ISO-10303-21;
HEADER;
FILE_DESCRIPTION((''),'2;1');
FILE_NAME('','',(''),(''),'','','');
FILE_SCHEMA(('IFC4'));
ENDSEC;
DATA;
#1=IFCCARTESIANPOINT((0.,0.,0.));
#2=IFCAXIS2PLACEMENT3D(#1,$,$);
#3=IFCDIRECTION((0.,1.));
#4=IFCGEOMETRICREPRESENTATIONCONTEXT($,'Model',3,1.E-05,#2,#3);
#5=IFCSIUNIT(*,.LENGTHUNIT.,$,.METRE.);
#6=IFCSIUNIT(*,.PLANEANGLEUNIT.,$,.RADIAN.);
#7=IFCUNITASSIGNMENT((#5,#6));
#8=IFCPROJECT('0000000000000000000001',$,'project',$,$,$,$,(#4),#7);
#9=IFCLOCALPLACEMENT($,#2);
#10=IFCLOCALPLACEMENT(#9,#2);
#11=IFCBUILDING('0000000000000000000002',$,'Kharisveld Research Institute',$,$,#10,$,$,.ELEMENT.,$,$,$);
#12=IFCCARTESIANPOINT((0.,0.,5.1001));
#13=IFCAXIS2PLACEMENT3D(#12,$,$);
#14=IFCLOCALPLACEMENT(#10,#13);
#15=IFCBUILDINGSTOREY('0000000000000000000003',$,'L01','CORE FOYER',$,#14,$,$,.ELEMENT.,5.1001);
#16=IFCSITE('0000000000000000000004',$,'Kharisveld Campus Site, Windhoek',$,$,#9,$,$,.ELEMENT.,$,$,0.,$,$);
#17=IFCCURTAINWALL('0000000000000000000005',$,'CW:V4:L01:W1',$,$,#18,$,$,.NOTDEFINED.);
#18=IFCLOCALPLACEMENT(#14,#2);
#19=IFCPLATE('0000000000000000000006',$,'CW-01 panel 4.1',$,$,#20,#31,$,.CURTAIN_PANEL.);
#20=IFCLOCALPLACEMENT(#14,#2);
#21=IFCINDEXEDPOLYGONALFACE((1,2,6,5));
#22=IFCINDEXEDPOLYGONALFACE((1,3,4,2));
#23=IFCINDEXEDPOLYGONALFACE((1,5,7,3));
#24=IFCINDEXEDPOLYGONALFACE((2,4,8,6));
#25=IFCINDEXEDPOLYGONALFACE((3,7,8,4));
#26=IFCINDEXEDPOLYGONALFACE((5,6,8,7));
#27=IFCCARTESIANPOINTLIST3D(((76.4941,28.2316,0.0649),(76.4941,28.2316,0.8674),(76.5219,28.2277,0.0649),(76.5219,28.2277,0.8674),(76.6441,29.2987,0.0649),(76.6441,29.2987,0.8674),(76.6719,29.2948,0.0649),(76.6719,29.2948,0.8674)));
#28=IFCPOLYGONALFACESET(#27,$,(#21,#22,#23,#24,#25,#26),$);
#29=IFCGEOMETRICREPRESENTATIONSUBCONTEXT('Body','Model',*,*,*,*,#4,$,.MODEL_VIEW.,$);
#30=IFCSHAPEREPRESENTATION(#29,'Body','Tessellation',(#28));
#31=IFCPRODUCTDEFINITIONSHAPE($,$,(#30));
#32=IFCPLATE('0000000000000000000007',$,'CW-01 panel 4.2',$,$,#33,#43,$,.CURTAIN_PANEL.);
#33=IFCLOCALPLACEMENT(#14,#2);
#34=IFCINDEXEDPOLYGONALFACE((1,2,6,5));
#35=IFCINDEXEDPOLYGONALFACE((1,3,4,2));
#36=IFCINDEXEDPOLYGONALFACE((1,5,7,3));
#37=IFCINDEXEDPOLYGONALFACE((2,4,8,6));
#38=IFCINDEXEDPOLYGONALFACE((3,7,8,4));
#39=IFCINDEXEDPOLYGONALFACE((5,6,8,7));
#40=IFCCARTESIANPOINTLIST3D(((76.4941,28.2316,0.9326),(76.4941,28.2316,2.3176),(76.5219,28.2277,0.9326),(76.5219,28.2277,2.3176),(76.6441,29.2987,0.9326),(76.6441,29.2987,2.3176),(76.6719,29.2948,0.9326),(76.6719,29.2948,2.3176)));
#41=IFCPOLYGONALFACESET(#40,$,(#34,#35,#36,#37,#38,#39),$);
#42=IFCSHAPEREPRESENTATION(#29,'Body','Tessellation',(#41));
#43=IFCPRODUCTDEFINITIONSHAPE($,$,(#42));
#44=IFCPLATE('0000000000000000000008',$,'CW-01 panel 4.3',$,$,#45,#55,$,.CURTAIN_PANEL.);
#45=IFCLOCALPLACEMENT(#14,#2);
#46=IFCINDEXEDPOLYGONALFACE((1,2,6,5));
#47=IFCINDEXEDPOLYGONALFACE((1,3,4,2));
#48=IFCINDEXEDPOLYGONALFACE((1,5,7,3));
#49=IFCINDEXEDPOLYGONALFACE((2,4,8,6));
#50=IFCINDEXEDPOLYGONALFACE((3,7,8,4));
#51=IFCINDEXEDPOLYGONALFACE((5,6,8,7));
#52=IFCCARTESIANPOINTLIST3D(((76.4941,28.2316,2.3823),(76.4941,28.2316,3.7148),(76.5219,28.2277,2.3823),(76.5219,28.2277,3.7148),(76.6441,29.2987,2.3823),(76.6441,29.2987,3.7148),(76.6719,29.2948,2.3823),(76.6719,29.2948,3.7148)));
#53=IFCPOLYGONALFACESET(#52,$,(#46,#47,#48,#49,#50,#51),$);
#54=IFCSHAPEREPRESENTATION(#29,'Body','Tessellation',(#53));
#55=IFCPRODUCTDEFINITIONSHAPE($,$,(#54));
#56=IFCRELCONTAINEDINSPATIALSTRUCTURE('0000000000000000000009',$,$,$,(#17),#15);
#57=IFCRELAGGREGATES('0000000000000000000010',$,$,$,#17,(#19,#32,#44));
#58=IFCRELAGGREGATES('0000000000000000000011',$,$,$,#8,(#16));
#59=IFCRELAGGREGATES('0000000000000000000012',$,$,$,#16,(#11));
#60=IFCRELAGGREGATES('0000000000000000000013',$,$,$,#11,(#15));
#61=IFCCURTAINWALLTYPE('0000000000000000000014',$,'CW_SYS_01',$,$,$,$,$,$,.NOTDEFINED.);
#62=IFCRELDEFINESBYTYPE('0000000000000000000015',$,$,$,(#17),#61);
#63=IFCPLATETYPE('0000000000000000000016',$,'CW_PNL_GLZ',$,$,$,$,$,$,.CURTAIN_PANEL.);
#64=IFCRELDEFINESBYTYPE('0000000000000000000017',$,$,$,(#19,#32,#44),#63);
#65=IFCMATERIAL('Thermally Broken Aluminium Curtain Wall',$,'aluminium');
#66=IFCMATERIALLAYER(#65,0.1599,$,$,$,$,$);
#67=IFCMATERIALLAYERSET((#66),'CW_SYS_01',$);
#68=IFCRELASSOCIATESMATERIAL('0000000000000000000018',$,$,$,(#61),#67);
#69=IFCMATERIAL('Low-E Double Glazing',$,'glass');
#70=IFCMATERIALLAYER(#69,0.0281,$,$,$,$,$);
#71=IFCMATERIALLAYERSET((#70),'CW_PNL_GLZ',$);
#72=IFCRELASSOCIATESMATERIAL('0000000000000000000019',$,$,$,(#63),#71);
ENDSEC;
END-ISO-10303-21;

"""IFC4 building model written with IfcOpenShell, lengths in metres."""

from ifc_helpers import new_model, si_unit, direction, frame, origin, origin_2d, place, context, subcontext, project, spatial, rectangle, extrude, material, layer, layer_set, type_object, element, aggregate, save


model = new_model("IFC4")

# Units and contexts
model_context = context("Model", 3, precision=1e-05, world=origin(), true_north=direction((0.0, 1.0)))
body_context = subcontext(model_context, "Body", "Model", "MODEL_VIEW")
ifc_project = project(units=[si_unit("LENGTHUNIT", "METRE"), si_unit("PLANEANGLEUNIT", "RADIAN")], contexts=[model_context])

# Site, building, storey
site_placement = place(None, origin())
site = spatial("IfcSite", under=ifc_project, at=site_placement, Name="Kharisveld Campus Site, Windhoek", CompositionType="ELEMENT", RefElevation=0.0)
building_placement = place(site_placement, origin())
building = spatial("IfcBuilding", under=site, at=building_placement, Name="Kharisveld Research Institute", CompositionType="ELEMENT")
storey_placement = place(building_placement, frame((0.0, 0.0, 5.1001)))
storey = spatial("IfcBuildingStorey", under=building, at=storey_placement, Name="L01", Description="CORE FOYER", CompositionType="ELEMENT", Elevation=5.1001)

# Curtain wall
ifc_material_1 = material(Name="Thermally Broken Aluminium Curtain Wall", Category="aluminium")
ifc_layer_1 = layer(ifc_material_1, 0.1599)
ifc_layer_set_1 = layer_set([ifc_layer_1], Name="CW_SYS_01")
curtain_wall_type = type_object("IfcCurtainWallType", Name="CW_SYS_01", PredefinedType="NOTDEFINED", material=ifc_layer_set_1)
curtain_wall_placement = place(storey_placement, origin())
curtain_wall = element("IfcCurtainWall", 1, at=curtain_wall_placement, inside=storey, type_object=curtain_wall_type, Name="CW:V4:L01:W1", PredefinedType="NOTDEFINED")

# Plates
ifc_material_2 = material(Name="Low-E Double Glazing", Category="glass")
ifc_layer_2 = layer(ifc_material_2, 0.0281)
ifc_layer_set_2 = layer_set([ifc_layer_2], Name="CW_PNL_GLZ")
plate_type = type_object("IfcPlateType", Name="CW_PNL_GLZ", PredefinedType="CURTAIN_PANEL", material=ifc_layer_set_2)
plate_1_placement = place(storey_placement, frame((76.583, 28.7632, 0.0649), z_axis=(0.0, 0.0, 1.0), x_axis=(0.139173, 0.990268, 0.0)))
plate_1 = element("IfcPlate", 2, at=plate_1_placement, type_object=plate_type, Name="CW-01 panel 4.1", PredefinedType="CURTAIN_PANEL", context=body_context, shape_type="SweptSolid", body=[
    extrude(rectangle(XDim=1.0776, YDim=0.0281, at=origin_2d()), origin(), (0.0, 0.0, 1.0), 0.8025),
])
plate_2_placement = place(storey_placement, frame((76.583, 28.7632, 0.9326), z_axis=(0.0, 0.0, 1.0), x_axis=(0.139173, 0.990268, 0.0)))
plate_2 = element("IfcPlate", 3, at=plate_2_placement, type_object=plate_type, Name="CW-01 panel 4.2", PredefinedType="CURTAIN_PANEL", context=body_context, shape_type="SweptSolid", body=[
    extrude(rectangle(XDim=1.0776, YDim=0.0281, at=origin_2d()), origin(), (0.0, 0.0, 1.0), 1.385),
])
plate_3_placement = place(storey_placement, frame((76.583, 28.7632, 2.3823), z_axis=(0.0, 0.0, 1.0), x_axis=(0.139173, 0.990268, 0.0)))
plate_3 = element("IfcPlate", 4, at=plate_3_placement, type_object=plate_type, Name="CW-01 panel 4.3", PredefinedType="CURTAIN_PANEL", context=body_context, shape_type="SweptSolid", body=[
    extrude(rectangle(XDim=1.0776, YDim=0.0281, at=origin_2d()), origin(), (0.0, 0.0, 1.0), 1.3325),
])
aggregate(curtain_wall, [plate_1, plate_2, plate_3])

save(model, "model.ifc")
